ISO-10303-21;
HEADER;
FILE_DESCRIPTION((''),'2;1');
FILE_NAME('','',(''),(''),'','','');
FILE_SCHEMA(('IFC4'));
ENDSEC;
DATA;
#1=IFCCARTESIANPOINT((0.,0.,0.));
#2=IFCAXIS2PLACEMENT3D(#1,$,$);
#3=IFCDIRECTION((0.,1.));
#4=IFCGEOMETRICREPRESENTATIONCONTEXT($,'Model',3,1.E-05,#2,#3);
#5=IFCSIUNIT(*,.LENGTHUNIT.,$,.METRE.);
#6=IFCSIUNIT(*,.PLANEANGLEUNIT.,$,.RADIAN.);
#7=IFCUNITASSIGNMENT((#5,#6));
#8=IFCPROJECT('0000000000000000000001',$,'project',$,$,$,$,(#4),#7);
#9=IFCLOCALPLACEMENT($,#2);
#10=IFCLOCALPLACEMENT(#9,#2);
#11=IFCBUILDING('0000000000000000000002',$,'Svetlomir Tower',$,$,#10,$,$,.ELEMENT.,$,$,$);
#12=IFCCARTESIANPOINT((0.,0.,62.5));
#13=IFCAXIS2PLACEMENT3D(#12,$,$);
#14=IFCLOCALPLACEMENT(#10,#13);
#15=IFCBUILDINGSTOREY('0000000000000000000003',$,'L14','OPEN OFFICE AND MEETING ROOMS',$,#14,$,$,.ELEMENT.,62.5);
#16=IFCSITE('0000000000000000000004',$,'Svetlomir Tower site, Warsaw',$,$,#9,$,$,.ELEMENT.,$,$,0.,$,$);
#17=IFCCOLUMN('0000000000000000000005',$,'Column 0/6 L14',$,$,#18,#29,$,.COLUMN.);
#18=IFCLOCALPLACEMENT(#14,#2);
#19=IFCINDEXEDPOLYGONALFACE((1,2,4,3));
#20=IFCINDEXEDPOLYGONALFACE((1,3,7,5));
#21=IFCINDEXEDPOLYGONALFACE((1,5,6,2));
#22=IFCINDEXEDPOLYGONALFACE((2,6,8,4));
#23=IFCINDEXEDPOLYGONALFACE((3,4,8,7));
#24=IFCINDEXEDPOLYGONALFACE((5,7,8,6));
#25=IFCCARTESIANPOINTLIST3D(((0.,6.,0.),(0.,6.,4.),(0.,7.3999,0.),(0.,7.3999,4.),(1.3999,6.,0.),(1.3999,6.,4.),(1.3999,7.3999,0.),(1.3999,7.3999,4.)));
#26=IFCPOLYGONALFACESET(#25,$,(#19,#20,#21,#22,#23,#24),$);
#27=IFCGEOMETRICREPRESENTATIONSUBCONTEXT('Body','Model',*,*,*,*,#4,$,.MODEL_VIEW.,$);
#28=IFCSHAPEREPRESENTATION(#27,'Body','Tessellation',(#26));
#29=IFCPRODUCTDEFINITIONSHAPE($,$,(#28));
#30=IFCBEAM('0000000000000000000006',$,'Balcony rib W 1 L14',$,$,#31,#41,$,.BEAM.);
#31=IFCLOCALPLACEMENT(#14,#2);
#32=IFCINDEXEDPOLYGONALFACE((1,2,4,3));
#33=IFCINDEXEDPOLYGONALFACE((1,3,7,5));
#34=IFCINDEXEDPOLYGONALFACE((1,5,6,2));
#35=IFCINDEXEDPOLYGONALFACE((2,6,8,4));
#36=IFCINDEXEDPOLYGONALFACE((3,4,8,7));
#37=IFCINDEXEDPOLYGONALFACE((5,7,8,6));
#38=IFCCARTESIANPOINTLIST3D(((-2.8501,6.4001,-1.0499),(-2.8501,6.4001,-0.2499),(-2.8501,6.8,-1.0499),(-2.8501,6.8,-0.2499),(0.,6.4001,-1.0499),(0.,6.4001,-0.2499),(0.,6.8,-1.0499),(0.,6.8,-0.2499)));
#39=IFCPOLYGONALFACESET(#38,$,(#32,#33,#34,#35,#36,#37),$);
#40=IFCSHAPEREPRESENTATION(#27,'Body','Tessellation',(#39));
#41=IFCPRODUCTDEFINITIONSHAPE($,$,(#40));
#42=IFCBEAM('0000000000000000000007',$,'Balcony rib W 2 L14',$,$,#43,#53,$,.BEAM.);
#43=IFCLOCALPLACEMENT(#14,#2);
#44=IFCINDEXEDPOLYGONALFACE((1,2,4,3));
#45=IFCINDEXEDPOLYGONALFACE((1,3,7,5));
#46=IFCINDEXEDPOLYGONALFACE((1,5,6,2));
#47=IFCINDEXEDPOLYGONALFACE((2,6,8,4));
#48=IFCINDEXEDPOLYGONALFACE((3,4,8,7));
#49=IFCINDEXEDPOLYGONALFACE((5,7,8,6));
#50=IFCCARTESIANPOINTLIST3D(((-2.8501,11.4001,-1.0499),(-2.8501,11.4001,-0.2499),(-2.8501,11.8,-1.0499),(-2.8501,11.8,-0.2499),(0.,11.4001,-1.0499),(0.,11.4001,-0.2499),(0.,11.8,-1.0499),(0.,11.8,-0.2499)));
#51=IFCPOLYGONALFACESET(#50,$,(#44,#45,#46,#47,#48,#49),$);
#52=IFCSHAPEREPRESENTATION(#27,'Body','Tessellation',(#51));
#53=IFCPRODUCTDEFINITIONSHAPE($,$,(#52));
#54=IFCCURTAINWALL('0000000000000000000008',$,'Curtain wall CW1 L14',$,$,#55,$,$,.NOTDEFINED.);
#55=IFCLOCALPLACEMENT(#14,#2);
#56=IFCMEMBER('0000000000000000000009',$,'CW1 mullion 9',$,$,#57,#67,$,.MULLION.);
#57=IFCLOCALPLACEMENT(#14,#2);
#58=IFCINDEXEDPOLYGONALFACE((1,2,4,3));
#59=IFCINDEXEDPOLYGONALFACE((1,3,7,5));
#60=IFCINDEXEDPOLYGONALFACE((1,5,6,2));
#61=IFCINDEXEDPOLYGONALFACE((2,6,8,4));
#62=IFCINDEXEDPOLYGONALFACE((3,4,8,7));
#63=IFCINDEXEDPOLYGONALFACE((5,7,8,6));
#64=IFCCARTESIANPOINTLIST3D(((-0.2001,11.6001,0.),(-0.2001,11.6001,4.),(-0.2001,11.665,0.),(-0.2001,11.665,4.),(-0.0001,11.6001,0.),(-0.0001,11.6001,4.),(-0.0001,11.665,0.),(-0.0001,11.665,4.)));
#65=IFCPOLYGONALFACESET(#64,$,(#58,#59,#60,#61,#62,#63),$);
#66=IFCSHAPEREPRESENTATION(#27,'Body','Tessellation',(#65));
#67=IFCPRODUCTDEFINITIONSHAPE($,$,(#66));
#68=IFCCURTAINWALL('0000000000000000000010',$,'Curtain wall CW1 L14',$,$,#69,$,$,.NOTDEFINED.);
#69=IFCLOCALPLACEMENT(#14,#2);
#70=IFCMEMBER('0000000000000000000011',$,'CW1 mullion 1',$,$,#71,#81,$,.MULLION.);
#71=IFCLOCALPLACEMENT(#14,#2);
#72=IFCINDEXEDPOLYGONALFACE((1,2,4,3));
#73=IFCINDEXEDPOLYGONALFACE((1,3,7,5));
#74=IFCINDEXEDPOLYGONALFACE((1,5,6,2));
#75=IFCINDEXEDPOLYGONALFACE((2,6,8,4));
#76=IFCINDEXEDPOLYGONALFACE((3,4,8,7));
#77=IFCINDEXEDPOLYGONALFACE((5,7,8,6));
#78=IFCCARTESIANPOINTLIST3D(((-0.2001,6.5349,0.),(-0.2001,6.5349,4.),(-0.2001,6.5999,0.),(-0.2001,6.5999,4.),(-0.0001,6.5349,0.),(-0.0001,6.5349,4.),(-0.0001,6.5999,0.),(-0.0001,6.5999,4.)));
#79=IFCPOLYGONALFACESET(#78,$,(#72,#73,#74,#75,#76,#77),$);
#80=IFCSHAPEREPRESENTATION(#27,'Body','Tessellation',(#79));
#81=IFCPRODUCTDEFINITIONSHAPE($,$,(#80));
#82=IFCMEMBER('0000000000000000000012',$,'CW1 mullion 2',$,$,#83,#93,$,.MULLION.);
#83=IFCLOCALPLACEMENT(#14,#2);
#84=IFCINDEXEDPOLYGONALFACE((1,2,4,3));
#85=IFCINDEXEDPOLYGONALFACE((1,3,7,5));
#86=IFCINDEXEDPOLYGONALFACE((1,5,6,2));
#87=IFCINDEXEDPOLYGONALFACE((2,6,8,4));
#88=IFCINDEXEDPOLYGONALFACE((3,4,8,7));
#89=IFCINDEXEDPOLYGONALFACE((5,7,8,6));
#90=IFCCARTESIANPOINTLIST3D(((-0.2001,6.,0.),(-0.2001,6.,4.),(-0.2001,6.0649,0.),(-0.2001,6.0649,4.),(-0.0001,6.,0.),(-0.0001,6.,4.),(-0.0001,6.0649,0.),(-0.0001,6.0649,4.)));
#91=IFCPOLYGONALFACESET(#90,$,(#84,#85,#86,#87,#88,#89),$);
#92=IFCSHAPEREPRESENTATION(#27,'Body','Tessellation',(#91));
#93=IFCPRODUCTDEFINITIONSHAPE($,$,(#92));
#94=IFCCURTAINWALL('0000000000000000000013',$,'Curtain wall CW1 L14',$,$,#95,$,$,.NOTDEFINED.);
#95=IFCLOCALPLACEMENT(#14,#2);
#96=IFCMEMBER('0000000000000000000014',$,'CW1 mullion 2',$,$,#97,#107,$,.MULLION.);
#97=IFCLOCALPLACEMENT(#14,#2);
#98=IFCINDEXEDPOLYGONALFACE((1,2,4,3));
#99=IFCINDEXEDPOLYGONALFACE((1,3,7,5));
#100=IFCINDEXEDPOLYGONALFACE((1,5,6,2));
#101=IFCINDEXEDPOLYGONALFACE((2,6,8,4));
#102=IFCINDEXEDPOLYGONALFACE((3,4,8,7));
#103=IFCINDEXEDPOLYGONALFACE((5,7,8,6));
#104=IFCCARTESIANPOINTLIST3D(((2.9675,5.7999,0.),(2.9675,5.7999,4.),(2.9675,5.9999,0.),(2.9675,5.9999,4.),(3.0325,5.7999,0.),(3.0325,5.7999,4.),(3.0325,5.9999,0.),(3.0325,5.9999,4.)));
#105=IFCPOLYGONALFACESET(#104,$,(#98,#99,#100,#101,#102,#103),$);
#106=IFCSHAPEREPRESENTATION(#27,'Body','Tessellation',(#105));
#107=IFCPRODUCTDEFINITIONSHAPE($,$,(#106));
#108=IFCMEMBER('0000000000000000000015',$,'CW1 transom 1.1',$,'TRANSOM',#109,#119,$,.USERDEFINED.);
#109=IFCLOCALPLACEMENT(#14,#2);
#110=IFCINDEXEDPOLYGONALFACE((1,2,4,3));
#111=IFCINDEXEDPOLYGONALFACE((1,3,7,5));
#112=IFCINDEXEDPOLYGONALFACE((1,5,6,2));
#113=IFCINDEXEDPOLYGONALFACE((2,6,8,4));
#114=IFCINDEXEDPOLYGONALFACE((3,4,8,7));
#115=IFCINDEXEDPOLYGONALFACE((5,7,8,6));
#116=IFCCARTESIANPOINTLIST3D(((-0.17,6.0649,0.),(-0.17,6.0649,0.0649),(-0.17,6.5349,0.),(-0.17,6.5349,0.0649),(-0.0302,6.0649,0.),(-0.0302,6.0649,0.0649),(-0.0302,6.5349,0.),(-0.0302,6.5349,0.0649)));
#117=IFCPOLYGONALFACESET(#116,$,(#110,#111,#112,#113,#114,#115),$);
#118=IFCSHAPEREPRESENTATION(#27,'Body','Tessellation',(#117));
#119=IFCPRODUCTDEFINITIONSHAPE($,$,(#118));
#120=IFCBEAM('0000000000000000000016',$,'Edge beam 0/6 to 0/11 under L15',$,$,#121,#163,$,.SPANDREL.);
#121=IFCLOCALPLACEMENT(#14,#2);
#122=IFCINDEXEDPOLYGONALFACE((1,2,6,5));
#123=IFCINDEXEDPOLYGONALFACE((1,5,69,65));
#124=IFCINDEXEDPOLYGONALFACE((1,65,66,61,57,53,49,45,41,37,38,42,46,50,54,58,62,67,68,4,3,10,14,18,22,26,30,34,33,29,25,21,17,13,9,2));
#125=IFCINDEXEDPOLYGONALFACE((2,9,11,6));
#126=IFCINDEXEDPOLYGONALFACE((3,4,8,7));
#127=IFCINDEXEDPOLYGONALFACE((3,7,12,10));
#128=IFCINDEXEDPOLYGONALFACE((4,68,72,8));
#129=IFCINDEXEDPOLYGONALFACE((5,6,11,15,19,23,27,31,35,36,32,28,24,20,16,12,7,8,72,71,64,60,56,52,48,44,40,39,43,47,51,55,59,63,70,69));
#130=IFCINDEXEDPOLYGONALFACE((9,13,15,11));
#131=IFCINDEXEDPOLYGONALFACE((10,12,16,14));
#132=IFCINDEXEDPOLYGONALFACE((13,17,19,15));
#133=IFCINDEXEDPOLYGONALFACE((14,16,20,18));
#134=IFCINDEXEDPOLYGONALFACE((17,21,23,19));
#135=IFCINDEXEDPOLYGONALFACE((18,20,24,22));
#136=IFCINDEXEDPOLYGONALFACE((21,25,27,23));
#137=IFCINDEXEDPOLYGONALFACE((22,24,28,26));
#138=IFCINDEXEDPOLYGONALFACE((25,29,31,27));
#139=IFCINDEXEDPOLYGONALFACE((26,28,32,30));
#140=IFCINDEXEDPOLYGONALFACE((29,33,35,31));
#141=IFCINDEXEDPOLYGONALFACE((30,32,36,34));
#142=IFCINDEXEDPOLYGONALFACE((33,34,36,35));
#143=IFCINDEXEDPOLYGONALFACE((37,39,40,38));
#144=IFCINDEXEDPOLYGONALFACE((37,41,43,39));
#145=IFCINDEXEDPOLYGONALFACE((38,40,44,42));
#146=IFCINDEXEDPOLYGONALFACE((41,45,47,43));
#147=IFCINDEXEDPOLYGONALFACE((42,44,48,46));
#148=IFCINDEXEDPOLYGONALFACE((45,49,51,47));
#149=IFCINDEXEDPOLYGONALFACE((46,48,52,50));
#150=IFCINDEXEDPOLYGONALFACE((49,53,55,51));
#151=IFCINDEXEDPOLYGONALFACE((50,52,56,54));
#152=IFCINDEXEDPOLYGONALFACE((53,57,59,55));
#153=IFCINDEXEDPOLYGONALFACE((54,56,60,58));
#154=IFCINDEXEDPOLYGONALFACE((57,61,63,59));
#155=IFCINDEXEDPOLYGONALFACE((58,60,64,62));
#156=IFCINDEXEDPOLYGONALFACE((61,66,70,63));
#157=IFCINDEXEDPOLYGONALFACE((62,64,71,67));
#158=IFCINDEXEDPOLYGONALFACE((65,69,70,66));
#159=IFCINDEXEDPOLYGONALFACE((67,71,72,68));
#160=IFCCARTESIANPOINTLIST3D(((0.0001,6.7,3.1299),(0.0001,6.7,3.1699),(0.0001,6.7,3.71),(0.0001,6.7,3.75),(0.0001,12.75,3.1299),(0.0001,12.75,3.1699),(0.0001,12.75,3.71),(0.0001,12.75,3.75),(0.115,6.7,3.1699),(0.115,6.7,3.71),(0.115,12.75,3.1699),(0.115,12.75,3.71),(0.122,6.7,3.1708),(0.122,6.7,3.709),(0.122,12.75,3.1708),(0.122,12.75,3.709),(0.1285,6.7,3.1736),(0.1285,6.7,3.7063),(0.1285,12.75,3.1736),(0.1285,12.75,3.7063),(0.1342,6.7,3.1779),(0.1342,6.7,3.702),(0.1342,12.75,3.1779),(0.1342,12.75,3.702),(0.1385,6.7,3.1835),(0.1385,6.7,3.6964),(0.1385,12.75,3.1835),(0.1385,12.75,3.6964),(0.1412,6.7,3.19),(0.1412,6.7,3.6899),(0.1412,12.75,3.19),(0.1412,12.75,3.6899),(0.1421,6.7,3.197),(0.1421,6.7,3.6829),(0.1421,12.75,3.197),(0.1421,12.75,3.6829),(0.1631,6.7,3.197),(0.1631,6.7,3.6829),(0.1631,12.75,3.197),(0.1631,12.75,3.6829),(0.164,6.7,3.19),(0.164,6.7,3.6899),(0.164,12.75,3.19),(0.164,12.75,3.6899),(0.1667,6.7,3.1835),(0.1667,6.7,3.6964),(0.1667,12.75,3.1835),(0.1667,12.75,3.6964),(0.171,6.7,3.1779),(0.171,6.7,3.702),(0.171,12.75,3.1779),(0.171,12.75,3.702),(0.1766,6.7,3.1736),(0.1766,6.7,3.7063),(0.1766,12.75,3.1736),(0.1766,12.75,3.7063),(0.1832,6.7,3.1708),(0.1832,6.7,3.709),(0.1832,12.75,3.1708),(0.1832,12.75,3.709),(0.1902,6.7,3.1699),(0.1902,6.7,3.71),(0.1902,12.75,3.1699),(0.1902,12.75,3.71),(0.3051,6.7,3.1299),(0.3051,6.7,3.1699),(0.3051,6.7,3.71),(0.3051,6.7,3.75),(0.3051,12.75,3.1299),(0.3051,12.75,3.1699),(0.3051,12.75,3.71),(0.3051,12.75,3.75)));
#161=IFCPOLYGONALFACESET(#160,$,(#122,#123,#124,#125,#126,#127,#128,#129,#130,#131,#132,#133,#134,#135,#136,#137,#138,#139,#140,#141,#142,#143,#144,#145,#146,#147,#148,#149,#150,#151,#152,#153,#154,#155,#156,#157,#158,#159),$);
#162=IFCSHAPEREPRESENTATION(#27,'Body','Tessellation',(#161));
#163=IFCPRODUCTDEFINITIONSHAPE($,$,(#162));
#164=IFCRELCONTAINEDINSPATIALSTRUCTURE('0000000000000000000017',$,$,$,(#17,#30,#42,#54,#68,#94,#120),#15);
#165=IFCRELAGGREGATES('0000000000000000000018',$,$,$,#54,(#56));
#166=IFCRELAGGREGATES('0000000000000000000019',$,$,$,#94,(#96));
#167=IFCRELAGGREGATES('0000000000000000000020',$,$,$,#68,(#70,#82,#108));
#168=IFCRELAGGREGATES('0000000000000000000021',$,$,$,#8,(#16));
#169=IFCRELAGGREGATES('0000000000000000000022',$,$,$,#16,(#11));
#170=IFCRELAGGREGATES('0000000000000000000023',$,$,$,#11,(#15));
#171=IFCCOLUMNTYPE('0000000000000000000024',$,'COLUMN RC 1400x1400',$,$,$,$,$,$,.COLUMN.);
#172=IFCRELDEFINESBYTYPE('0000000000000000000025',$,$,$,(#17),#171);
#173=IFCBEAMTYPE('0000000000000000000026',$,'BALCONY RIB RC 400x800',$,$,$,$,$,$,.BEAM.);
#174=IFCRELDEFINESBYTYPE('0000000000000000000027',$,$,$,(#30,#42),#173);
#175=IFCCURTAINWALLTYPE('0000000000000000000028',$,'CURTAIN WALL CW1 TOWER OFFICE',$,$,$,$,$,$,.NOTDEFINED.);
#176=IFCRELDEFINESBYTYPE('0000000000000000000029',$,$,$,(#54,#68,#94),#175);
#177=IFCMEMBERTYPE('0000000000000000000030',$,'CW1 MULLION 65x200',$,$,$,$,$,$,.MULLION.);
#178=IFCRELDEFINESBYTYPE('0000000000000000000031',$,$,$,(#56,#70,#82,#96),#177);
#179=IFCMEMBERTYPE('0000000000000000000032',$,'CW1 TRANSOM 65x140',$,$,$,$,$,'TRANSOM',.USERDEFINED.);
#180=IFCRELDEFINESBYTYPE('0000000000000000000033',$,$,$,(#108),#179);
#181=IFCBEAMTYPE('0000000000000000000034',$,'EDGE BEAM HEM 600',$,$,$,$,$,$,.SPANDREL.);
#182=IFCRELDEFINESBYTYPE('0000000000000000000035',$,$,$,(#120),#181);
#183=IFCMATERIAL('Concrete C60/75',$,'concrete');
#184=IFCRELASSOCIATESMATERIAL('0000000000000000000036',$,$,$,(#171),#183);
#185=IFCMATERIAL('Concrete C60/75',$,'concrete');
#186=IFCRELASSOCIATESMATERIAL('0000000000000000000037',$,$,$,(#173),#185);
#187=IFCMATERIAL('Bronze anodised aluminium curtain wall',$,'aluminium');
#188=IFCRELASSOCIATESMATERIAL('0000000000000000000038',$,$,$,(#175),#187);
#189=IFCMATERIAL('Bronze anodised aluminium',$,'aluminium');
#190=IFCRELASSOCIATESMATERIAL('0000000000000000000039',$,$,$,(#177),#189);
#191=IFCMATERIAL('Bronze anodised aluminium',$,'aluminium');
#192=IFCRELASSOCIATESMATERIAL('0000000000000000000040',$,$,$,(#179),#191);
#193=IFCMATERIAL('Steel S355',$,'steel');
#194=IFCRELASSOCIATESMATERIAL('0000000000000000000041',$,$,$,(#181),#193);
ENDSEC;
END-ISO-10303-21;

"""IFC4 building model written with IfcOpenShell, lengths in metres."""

from ifc_helpers import new_model, si_unit, direction, frame, origin, origin_2d, place, context, subcontext, project, spatial, rectangle, i_section, extrude, material, material_profile, profile_set, type_object, element, aggregate, save


model = new_model("IFC4")

# Units and contexts
model_context = context("Model", 3, precision=1e-05, world=origin(), true_north=direction((0.0, 1.0)))
body_context = subcontext(model_context, "Body", "Model", "MODEL_VIEW")
ifc_project = project(units=[si_unit("LENGTHUNIT", "METRE"), si_unit("PLANEANGLEUNIT", "RADIAN")], contexts=[model_context])

# Site, building, storey
site_placement = place(None, origin())
site = spatial("IfcSite", under=ifc_project, at=site_placement, Name="Svetlomir Tower site, Warsaw", CompositionType="ELEMENT", RefElevation=0.0)
building_placement = place(site_placement, origin())
building = spatial("IfcBuilding", under=site, at=building_placement, Name="Svetlomir Tower", CompositionType="ELEMENT")
storey_placement = place(building_placement, frame((0.0, 0.0, 62.5)))
storey = spatial("IfcBuildingStorey", under=building, at=storey_placement, Name="L14", Description="OPEN OFFICE AND MEETING ROOMS", CompositionType="ELEMENT", Elevation=62.5)

# Column
ifc_material_1 = material(Name="Concrete C60/75", Category="concrete")
ifc_material_profile_1 = material_profile(ifc_material_1, rectangle(XDim=1.3999, YDim=1.3999, at=origin_2d()), Name="RC 1400x1400")
ifc_profile_set_1 = profile_set([ifc_material_profile_1], Name="Concrete C60/75")
column_type = type_object("IfcColumnType", Name="COLUMN RC 1400x1400", PredefinedType="COLUMN", material=ifc_profile_set_1)
column_placement = place(storey_placement, frame((0.7, 6.7, 0.0), z_axis=(0.0, 0.0, 1.0), x_axis=(1.0, 0.0, 0.0)))
element("IfcColumn", 1, at=column_placement, inside=storey, type_object=column_type, Name="Column 0/6 L14", PredefinedType="COLUMN", context=body_context, shape_type="SweptSolid", body=[
    extrude(rectangle(XDim=1.3999, YDim=1.3999, at=origin_2d()), origin(), (0.0, 0.0, 1.0), 4.0),
])

# Beams
ifc_material_2 = material(Name="Concrete C60/75", Category="concrete")
ifc_material_profile_2 = material_profile(ifc_material_2, rectangle(XDim=0.3999, YDim=0.8, at=origin_2d()), Name="RC 400x800")
ifc_profile_set_2 = profile_set([ifc_material_profile_2], Name="Concrete C60/75")
beam_type_1 = type_object("IfcBeamType", Name="BALCONY RIB RC 400x800", PredefinedType="BEAM", material=ifc_profile_set_2)
for number, where, z_axis, x_axis, name in (
    (2, (0.0, 6.6001, -0.6499), (-1.0, 0.0, 0.0), (0.0, -1.0, 0.0), "Balcony rib W 1 L14"),
    (3, (0.0, 11.6001, -0.6499), (-1.0, 0.0, 0.0), (0.0, -1.0, 0.0), "Balcony rib W 2 L14"),
):
    element("IfcBeam", number, at=place(storey_placement, frame(where, z_axis=z_axis, x_axis=x_axis)), inside=storey, type_object=beam_type_1, Name=name, PredefinedType="BEAM", context=body_context, shape_type="SweptSolid", body=[
        extrude(rectangle(XDim=0.3999, YDim=0.8, at=origin_2d()), origin(), (0.0, 0.0, 1.0), 2.8501),
    ])

# Curtain wall, member
ifc_material_3 = material(Name="Bronze anodised aluminium curtain wall", Category="aluminium")
curtain_wall_type = type_object("IfcCurtainWallType", Name="CURTAIN WALL CW1 TOWER OFFICE", PredefinedType="NOTDEFINED", material=ifc_material_3)
curtain_wall_1_placement = place(storey_placement, origin())
curtain_wall_1 = element("IfcCurtainWall", 4, at=curtain_wall_1_placement, inside=storey, type_object=curtain_wall_type, Name="Curtain wall CW1 L14", PredefinedType="NOTDEFINED")
ifc_material_4 = material(Name="Bronze anodised aluminium", Category="aluminium")
ifc_material_profile_3 = material_profile(ifc_material_4, rectangle(XDim=0.0649, YDim=0.2, at=origin_2d()), Name="AL 65x200")
ifc_profile_set_3 = profile_set([ifc_material_profile_3], Name="Bronze anodised aluminium 6063-T6")
member_type_1 = type_object("IfcMemberType", Name="CW1 MULLION 65x200", PredefinedType="MULLION", material=ifc_profile_set_3)
member_1_placement = place(storey_placement, frame((-0.1001, 11.6326, 0.0), z_axis=(0.0, 0.0, 1.0), x_axis=(0.0, -1.0, 0.0)))
member_1 = element("IfcMember", 5, at=member_1_placement, type_object=member_type_1, Name="CW1 mullion 9", PredefinedType="MULLION", context=body_context, shape_type="SweptSolid", body=[
    extrude(rectangle(XDim=0.0649, YDim=0.2, at=origin_2d()), origin(), (0.0, 0.0, 1.0), 4.0),
])
aggregate(curtain_wall_1, [member_1])

# Curtain wall, members
curtain_wall_2_placement = place(storey_placement, origin())
curtain_wall_2 = element("IfcCurtainWall", 6, at=curtain_wall_2_placement, inside=storey, type_object=curtain_wall_type, Name="Curtain wall CW1 L14", PredefinedType="NOTDEFINED")
member_2_placement = place(storey_placement, frame((-0.1001, 6.5674, 0.0), z_axis=(0.0, 0.0, 1.0), x_axis=(0.0, -1.0, 0.0)))
member_2 = element("IfcMember", 7, at=member_2_placement, type_object=member_type_1, Name="CW1 mullion 1", PredefinedType="MULLION", context=body_context, shape_type="SweptSolid", body=[
    extrude(rectangle(XDim=0.0649, YDim=0.2, at=origin_2d()), origin(), (0.0, 0.0, 1.0), 4.0),
])
member_3_placement = place(storey_placement, frame((-0.1001, 6.0325, 0.0), z_axis=(0.0, 0.0, 1.0), x_axis=(0.0, -1.0, 0.0)))
member_3 = element("IfcMember", 8, at=member_3_placement, type_object=member_type_1, Name="CW1 mullion 2", PredefinedType="MULLION", context=body_context, shape_type="SweptSolid", body=[
    extrude(rectangle(XDim=0.0649, YDim=0.2, at=origin_2d()), origin(), (0.0, 0.0, 1.0), 4.0),
])

# Curtain wall, member
curtain_wall_3_placement = place(storey_placement, origin())
curtain_wall_3 = element("IfcCurtainWall", 9, at=curtain_wall_3_placement, inside=storey, type_object=curtain_wall_type, Name="Curtain wall CW1 L14", PredefinedType="NOTDEFINED")
member_4_placement = place(storey_placement, frame((3.0, 5.8999, 0.0), z_axis=(0.0, 0.0, 1.0), x_axis=(1.0, 0.0, 0.0)))
member_4 = element("IfcMember", 10, at=member_4_placement, type_object=member_type_1, Name="CW1 mullion 2", PredefinedType="MULLION", context=body_context, shape_type="SweptSolid", body=[
    extrude(rectangle(XDim=0.0649, YDim=0.2, at=origin_2d()), origin(), (0.0, 0.0, 1.0), 4.0),
])
aggregate(curtain_wall_3, [member_4])

# Member
ifc_material_5 = material(Name="Bronze anodised aluminium", Category="aluminium")
ifc_material_profile_4 = material_profile(ifc_material_5, rectangle(XDim=0.1399, YDim=0.0649, at=origin_2d()), Name="AL 140x65")
ifc_profile_set_4 = profile_set([ifc_material_profile_4], Name="Bronze anodised aluminium 6063-T6")
member_type_2 = type_object("IfcMemberType", Name="CW1 TRANSOM 65x140", ElementType="TRANSOM", PredefinedType="USERDEFINED", material=ifc_profile_set_4)
member_5_placement = place(storey_placement, frame((-0.1001, 6.5349, 0.0325), z_axis=(0.0, -1.0, 0.0), x_axis=(1.0, 0.0, 0.0)))
member_5 = element("IfcMember", 11, at=member_5_placement, type_object=member_type_2, Name="CW1 transom 1.1", ObjectType="TRANSOM", PredefinedType="USERDEFINED", context=body_context, shape_type="SweptSolid", body=[
    extrude(rectangle(XDim=0.1399, YDim=0.0649, at=origin_2d()), origin(), (0.0, 0.0, 1.0), 0.47),
])

# Beam
ifc_material_6 = material(Name="Steel S355", Category="steel")
ifc_material_profile_5 = material_profile(ifc_material_6, i_section(OverallWidth=0.3049, OverallDepth=0.6201, WebThickness=0.021, FlangeThickness=0.04, FilletRadius=0.0271, at=origin_2d()), Name="HEM 600")
ifc_profile_set_5 = profile_set([ifc_material_profile_5], Name="Steel S355")
beam_type_2 = type_object("IfcBeamType", Name="EDGE BEAM HEM 600", PredefinedType="SPANDREL", material=ifc_profile_set_5)
beam_1_placement = place(storey_placement, frame((0.1526, 6.7, 3.4399), z_axis=(0.0, 1.0, 0.0), x_axis=(-1.0, 0.0, 0.0)))
element("IfcBeam", 12, at=beam_1_placement, inside=storey, type_object=beam_type_2, Name="Edge beam 0/6 to 0/11 under L15", PredefinedType="SPANDREL", context=body_context, shape_type="SweptSolid", body=[
    extrude(i_section(OverallWidth=0.3049, OverallDepth=0.6201, WebThickness=0.021, FlangeThickness=0.04, FilletRadius=0.0271, at=origin_2d()), origin(), (0.0, 0.0, 1.0), 6.05),
])

aggregate(curtain_wall_2, [member_2, member_3, member_5])

save(model, "model.ifc")
